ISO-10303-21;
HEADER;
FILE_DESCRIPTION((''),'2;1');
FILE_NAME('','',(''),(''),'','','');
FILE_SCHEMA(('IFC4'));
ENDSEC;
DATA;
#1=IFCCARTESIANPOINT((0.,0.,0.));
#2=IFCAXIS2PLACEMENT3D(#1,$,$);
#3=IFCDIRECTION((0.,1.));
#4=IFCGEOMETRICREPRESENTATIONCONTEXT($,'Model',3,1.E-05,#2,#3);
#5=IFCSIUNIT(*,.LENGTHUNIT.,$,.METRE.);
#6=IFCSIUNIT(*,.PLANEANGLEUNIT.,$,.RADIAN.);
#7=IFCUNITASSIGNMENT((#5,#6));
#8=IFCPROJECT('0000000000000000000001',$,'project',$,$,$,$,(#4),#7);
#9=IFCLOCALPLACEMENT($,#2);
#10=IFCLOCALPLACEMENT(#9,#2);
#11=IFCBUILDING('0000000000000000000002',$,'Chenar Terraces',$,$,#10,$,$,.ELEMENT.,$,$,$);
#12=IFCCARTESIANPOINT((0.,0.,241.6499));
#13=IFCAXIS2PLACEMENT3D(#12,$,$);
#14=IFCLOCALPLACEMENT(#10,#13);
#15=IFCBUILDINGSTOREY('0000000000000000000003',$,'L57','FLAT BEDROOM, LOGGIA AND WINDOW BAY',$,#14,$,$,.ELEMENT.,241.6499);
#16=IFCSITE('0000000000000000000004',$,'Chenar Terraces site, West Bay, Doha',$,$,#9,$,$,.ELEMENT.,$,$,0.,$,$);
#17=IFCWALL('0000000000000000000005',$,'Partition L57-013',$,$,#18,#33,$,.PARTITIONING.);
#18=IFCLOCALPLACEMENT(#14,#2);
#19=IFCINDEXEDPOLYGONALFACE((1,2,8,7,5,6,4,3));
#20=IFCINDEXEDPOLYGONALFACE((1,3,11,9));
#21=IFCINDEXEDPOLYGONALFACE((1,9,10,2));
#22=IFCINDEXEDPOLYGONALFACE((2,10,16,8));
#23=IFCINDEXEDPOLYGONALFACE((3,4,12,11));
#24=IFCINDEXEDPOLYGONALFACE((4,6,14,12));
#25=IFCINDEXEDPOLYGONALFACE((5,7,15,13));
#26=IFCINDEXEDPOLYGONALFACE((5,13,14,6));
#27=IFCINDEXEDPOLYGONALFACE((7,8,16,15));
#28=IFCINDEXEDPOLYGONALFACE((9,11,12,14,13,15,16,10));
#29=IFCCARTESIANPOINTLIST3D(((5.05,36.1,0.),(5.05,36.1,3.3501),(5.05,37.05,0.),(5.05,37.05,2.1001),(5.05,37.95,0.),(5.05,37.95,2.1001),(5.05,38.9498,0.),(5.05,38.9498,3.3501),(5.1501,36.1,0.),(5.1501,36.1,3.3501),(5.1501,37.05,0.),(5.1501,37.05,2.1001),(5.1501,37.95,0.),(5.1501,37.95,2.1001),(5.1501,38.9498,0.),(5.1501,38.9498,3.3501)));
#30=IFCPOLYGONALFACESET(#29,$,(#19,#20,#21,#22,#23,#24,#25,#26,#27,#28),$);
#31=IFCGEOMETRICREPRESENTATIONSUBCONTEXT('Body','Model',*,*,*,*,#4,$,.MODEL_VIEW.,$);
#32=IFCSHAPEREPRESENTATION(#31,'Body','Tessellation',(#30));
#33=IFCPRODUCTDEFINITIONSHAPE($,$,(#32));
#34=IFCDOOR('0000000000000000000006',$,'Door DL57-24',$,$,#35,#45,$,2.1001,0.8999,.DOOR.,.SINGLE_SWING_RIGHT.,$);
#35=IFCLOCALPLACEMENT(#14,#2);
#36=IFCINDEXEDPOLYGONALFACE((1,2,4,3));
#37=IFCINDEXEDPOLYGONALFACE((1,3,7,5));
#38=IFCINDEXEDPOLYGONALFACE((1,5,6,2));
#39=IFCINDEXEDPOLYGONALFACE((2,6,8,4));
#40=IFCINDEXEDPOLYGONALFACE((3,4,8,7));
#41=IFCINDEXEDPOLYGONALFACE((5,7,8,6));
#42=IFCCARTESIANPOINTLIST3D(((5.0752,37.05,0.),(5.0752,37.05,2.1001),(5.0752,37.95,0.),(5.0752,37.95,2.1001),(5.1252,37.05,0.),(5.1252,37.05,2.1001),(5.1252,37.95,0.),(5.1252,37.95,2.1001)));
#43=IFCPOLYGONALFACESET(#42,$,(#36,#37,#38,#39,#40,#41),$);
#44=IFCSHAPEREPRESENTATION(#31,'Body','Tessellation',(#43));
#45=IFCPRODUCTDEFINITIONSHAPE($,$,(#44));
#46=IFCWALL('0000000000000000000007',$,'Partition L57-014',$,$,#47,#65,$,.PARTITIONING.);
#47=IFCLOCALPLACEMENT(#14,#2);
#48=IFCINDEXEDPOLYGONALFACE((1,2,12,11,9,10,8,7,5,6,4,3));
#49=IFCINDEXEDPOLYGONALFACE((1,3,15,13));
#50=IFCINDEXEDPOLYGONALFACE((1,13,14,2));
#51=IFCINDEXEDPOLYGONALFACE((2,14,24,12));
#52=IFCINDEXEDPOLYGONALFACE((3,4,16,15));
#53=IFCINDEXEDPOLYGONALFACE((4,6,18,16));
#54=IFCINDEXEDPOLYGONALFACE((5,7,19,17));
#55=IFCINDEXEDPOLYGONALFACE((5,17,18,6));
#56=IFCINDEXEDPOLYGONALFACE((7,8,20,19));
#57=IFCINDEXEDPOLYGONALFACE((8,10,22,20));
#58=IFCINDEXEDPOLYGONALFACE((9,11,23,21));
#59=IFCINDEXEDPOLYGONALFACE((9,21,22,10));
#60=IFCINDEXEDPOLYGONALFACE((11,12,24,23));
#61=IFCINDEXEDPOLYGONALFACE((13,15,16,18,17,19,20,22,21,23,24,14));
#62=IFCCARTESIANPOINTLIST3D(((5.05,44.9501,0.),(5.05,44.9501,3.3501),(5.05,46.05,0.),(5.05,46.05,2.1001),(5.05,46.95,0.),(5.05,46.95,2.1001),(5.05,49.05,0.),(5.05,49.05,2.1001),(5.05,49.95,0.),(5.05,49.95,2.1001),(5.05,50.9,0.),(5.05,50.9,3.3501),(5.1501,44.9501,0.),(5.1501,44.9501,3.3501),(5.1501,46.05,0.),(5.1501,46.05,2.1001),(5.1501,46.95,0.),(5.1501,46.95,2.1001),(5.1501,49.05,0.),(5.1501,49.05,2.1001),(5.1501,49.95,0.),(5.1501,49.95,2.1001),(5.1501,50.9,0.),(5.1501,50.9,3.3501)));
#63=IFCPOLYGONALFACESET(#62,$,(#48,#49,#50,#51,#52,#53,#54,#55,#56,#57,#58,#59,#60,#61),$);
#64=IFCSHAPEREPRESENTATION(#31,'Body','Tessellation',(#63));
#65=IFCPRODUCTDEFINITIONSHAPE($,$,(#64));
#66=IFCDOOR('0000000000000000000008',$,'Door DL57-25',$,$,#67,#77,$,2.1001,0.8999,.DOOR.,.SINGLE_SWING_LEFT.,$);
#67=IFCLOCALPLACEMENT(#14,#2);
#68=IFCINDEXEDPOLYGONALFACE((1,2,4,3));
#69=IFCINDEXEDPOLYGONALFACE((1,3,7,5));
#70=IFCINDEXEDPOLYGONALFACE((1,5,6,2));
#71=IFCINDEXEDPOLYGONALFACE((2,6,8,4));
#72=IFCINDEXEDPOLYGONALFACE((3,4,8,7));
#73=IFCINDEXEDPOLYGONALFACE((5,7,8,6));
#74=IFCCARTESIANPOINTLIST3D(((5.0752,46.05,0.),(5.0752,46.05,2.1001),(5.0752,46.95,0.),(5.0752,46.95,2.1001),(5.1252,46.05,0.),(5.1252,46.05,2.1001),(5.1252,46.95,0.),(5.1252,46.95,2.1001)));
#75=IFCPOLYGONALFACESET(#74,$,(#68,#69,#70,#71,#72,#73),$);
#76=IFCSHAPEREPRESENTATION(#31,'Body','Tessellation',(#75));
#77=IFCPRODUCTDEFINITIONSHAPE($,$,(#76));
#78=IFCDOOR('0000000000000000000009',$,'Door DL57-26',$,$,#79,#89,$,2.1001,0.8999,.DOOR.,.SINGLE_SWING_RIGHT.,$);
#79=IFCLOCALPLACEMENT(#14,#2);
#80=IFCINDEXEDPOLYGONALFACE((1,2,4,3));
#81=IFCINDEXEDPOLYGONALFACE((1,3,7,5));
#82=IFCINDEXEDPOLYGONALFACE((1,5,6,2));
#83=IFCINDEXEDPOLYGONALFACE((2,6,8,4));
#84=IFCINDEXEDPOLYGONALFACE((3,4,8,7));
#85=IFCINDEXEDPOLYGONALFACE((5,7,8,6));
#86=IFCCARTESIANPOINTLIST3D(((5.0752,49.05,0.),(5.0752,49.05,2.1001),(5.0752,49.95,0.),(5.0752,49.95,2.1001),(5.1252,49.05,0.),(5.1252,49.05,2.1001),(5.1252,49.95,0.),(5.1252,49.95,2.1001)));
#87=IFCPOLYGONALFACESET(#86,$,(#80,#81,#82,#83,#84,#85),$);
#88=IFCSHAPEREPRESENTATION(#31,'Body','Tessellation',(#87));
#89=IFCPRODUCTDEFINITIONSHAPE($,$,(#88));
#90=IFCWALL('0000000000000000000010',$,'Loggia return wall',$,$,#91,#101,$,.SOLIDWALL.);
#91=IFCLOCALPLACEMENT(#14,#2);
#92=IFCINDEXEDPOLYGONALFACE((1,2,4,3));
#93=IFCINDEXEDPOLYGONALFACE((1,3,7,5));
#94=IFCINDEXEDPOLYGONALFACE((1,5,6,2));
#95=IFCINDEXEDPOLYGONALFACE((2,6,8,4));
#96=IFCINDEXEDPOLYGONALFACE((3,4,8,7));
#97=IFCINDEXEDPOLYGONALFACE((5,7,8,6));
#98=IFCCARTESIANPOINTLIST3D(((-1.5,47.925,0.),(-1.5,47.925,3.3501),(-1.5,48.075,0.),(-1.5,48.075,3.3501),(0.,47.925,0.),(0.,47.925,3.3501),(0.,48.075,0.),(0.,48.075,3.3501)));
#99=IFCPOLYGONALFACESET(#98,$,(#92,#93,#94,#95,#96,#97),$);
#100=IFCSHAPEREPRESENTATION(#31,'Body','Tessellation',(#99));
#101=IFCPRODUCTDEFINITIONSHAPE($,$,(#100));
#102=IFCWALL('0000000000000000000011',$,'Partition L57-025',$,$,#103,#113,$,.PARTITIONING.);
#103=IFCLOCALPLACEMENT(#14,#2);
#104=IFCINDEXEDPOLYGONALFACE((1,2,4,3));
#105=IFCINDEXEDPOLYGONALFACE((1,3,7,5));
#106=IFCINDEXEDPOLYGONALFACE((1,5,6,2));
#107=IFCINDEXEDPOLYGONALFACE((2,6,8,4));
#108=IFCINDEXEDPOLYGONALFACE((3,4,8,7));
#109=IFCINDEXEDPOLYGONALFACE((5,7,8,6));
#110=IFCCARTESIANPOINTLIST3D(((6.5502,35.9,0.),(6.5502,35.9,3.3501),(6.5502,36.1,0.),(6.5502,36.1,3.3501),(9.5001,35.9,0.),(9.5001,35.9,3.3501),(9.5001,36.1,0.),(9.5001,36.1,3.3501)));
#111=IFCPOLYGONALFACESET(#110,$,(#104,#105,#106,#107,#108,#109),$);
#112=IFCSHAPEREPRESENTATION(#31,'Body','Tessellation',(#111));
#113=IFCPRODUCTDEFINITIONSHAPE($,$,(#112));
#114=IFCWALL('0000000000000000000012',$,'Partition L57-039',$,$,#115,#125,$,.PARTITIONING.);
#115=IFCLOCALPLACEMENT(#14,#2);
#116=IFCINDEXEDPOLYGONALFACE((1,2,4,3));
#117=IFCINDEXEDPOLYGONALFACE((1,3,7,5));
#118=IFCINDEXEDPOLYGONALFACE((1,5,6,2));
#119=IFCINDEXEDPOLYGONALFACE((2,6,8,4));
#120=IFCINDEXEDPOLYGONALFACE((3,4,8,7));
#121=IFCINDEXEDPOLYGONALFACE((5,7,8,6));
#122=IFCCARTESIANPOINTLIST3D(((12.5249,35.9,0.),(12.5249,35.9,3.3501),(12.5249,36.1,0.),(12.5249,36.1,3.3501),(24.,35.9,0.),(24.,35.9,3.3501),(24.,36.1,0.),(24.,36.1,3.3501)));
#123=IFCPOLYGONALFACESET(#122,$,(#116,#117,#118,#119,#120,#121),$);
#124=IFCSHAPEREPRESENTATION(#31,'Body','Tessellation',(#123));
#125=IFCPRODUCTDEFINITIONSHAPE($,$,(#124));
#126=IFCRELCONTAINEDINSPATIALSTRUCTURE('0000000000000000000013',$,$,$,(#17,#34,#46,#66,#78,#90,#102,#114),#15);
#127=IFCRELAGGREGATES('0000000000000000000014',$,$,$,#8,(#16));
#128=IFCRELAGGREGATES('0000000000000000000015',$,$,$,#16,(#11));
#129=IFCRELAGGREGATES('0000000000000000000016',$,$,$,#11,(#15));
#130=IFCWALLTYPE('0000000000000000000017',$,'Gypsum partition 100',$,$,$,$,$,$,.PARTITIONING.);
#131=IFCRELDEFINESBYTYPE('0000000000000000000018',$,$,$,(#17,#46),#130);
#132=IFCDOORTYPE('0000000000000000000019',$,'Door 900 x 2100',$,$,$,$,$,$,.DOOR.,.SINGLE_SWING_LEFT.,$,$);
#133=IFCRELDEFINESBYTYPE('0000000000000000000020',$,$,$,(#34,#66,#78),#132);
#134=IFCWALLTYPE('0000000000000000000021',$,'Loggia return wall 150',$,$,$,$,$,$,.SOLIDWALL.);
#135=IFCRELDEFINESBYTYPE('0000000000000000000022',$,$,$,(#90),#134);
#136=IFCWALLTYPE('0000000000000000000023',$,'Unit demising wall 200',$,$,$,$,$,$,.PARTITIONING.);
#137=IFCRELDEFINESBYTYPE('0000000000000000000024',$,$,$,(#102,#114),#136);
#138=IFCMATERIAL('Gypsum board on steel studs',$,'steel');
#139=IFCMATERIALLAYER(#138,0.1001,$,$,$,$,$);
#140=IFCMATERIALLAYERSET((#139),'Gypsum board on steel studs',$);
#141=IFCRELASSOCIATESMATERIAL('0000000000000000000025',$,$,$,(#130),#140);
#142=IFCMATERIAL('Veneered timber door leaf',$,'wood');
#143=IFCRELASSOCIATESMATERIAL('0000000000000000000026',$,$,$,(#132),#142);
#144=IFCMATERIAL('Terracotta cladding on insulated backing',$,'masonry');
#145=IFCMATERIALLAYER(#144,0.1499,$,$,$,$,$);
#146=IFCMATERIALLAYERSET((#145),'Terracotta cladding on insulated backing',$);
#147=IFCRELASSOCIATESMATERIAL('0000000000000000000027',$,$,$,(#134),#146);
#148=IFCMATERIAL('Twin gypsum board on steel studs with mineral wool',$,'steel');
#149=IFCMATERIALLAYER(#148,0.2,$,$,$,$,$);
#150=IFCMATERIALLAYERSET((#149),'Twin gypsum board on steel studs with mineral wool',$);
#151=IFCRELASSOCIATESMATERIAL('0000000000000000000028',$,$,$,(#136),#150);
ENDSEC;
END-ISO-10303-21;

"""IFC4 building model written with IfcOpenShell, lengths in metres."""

from ifc_helpers import new_model, si_unit, direction, frame, frame_2d, origin, place, context, subcontext, project, spatial, rectangle, extrude, material, layer, layer_set, type_object, element, fill, save


model = new_model("IFC4")

# Units and contexts
model_context = context("Model", 3, precision=1e-05, world=origin(), true_north=direction((0.0, 1.0)))
body_context = subcontext(model_context, "Body", "Model", "MODEL_VIEW")
ifc_project = project(units=[si_unit("LENGTHUNIT", "METRE"), si_unit("PLANEANGLEUNIT", "RADIAN")], contexts=[model_context])

# Site, building, storey
site_placement = place(None, origin())
site = spatial("IfcSite", under=ifc_project, at=site_placement, Name="Chenar Terraces site, West Bay, Doha", CompositionType="ELEMENT", RefElevation=0.0)
building_placement = place(site_placement, origin())
building = spatial("IfcBuilding", under=site, at=building_placement, Name="Chenar Terraces", CompositionType="ELEMENT")
storey_placement = place(building_placement, frame((0.0, 0.0, 241.6499)))
storey = spatial("IfcBuildingStorey", under=building, at=storey_placement, Name="L57", Description="FLAT BEDROOM, LOGGIA AND WINDOW BAY", CompositionType="ELEMENT", Elevation=241.6499)

# Shared definitions
ifc_material_1 = material(Name="Gypsum board on steel studs", Category="steel")
ifc_layer_1 = layer(ifc_material_1, 0.1001)
ifc_layer_set_1 = layer_set([ifc_layer_1], Name="Gypsum board on steel studs")
wall_type_1 = type_object("IfcWallType", Name="Gypsum partition 100", PredefinedType="PARTITIONING", material=ifc_layer_set_1)

# Wall, opening, door
wall_1_placement = place(storey_placement, frame((5.1001, 36.1001, 0.0), z_axis=(0.0, 0.0, 1.0), x_axis=(0.0, 1.0, 0.0)))
wall_1 = element("IfcWall", 1, at=wall_1_placement, inside=storey, type_object=wall_type_1, Name="Partition L57-013", PredefinedType="PARTITIONING", context=body_context, shape_type="SweptSolid", body=[
    extrude(rectangle(XDim=2.8499, YDim=0.1001, at=frame_2d((1.4248, 0.0))), origin(), (0.0, 0.0, 1.0), 3.3501),
])
opening_1_placement = place(wall_1_placement, frame((0.95, 0.0, 0.0)))
opening_1 = element("IfcOpeningElement", 2, at=opening_1_placement, cuts=wall_1, PredefinedType="OPENING", context=body_context, shape_type="SweptSolid", body=[
    extrude(rectangle(XDim=0.8999, YDim=2.1001, at=frame_2d((0.45, 1.05))), frame((0.0, 0.0601, 0.0), z_axis=(0.0, -1.0, 0.0), x_axis=(1.0, 0.0, 0.0)), (0.0, 0.0, 1.0), 0.1201),
])
ifc_material_2 = material(Name="Veneered timber door leaf", Category="wood")
door_type_1 = type_object("IfcDoorType", Name="Door 900 x 2100", OperationType="SINGLE_SWING_LEFT", PredefinedType="DOOR", material=ifc_material_2)
door_1_placement = place(opening_1_placement, origin())
door_1 = element("IfcDoor", 3, at=door_1_placement, inside=storey, type_object=door_type_1, Name="Door DL57-24", OperationType="SINGLE_SWING_RIGHT", OverallHeight=2.1001, OverallWidth=0.8999, PredefinedType="DOOR", context=body_context, shape_type="SweptSolid", body=[
    extrude(rectangle(XDim=0.8999, YDim=2.1001, at=frame_2d((0.45, 1.05))), frame((0.0, 0.0249, 0.0), z_axis=(0.0, -1.0, 0.0), x_axis=(1.0, 0.0, 0.0)), (0.0, 0.0, 1.0), 0.05),
])
fill(opening_1, door_1)

# Wall, openings, doors
wall_2_placement = place(storey_placement, frame((5.1001, 44.95, 0.0), z_axis=(0.0, 0.0, 1.0), x_axis=(0.0, 1.0, 0.0)))
wall_2 = element("IfcWall", 4, at=wall_2_placement, inside=storey, type_object=wall_type_1, Name="Partition L57-014", PredefinedType="PARTITIONING", context=body_context, shape_type="SweptSolid", body=[
    extrude(rectangle(XDim=5.95, YDim=0.1001, at=frame_2d((2.9751, 0.0))), origin(), (0.0, 0.0, 1.0), 3.3501),
])
opening_2_placement = place(wall_2_placement, frame((1.1001, 0.0, 0.0)))
opening_2 = element("IfcOpeningElement", 5, at=opening_2_placement, cuts=wall_2, PredefinedType="OPENING", context=body_context, shape_type="SweptSolid", body=[
    extrude(rectangle(XDim=0.8999, YDim=2.1001, at=frame_2d((0.45, 1.05))), frame((0.0, 0.0601, 0.0), z_axis=(0.0, -1.0, 0.0), x_axis=(1.0, 0.0, 0.0)), (0.0, 0.0, 1.0), 0.1201),
])
opening_3_placement = place(wall_2_placement, frame((4.1001, 0.0, 0.0)))
opening_3 = element("IfcOpeningElement", 6, at=opening_3_placement, cuts=wall_2, PredefinedType="OPENING", context=body_context, shape_type="SweptSolid", body=[
    extrude(rectangle(XDim=0.8999, YDim=2.1001, at=frame_2d((0.45, 1.05))), frame((0.0, 0.0601, 0.0), z_axis=(0.0, -1.0, 0.0), x_axis=(1.0, 0.0, 0.0)), (0.0, 0.0, 1.0), 0.1201),
])
door_2_placement = place(opening_2_placement, origin())
door_2 = element("IfcDoor", 7, at=door_2_placement, inside=storey, type_object=door_type_1, Name="Door DL57-25", OperationType="SINGLE_SWING_LEFT", OverallHeight=2.1001, OverallWidth=0.8999, PredefinedType="DOOR", context=body_context, shape_type="SweptSolid", body=[
    extrude(rectangle(XDim=0.8999, YDim=2.1001, at=frame_2d((0.45, 1.05))), frame((0.0, 0.0249, 0.0), z_axis=(0.0, -1.0, 0.0), x_axis=(1.0, 0.0, 0.0)), (0.0, 0.0, 1.0), 0.05),
])
fill(opening_2, door_2)
door_3_placement = place(opening_3_placement, origin())
door_3 = element("IfcDoor", 8, at=door_3_placement, inside=storey, type_object=door_type_1, Name="Door DL57-26", OperationType="SINGLE_SWING_RIGHT", OverallHeight=2.1001, OverallWidth=0.8999, PredefinedType="DOOR", context=body_context, shape_type="SweptSolid", body=[
    extrude(rectangle(XDim=0.8999, YDim=2.1001, at=frame_2d((0.45, 1.05))), frame((0.0, 0.0249, 0.0), z_axis=(0.0, -1.0, 0.0), x_axis=(1.0, 0.0, 0.0)), (0.0, 0.0, 1.0), 0.05),
])
fill(opening_3, door_3)

# Walls
ifc_material_3 = material(Name="Terracotta cladding on insulated backing", Category="masonry")
ifc_layer_2 = layer(ifc_material_3, 0.1499)
ifc_layer_set_2 = layer_set([ifc_layer_2], Name="Terracotta cladding on insulated backing")
wall_type_2 = type_object("IfcWallType", Name="Loggia return wall 150", PredefinedType="SOLIDWALL", material=ifc_layer_set_2)
wall_3_placement = place(storey_placement, frame((-1.5, 48.0, 0.0), z_axis=(0.0, 0.0, 1.0), x_axis=(1.0, 0.0, 0.0)))
element("IfcWall", 9, at=wall_3_placement, inside=storey, type_object=wall_type_2, Name="Loggia return wall", PredefinedType="SOLIDWALL", context=body_context, shape_type="SweptSolid", body=[
    extrude(rectangle(XDim=1.5, YDim=0.1499, at=frame_2d((0.75, 0.0))), origin(), (0.0, 0.0, 1.0), 3.3501),
])
ifc_material_4 = material(Name="Twin gypsum board on steel studs with mineral wool", Category="steel")
ifc_layer_3 = layer(ifc_material_4, 0.2)
ifc_layer_set_3 = layer_set([ifc_layer_3], Name="Twin gypsum board on steel studs with mineral wool")
wall_type_3 = type_object("IfcWallType", Name="Unit demising wall 200", PredefinedType="PARTITIONING", material=ifc_layer_set_3)
wall_4_placement = place(storey_placement, frame((6.55, 36.0, 0.0), z_axis=(0.0, 0.0, 1.0), x_axis=(1.0, 0.0, 0.0)))
element("IfcWall", 10, at=wall_4_placement, inside=storey, type_object=wall_type_3, Name="Partition L57-025", PredefinedType="PARTITIONING", context=body_context, shape_type="SweptSolid", body=[
    extrude(rectangle(XDim=2.95, YDim=0.2, at=frame_2d((1.4751, 0.0))), origin(), (0.0, 0.0, 1.0), 3.3501),
])
wall_5_placement = place(storey_placement, frame((12.5249, 36.0, 0.0), z_axis=(0.0, 0.0, 1.0), x_axis=(1.0, 0.0, 0.0)))
element("IfcWall", 11, at=wall_5_placement, inside=storey, type_object=wall_type_3, Name="Partition L57-039", PredefinedType="PARTITIONING", context=body_context, shape_type="SweptSolid", body=[
    extrude(rectangle(XDim=11.4751, YDim=0.2, at=frame_2d((5.7375, 0.0))), origin(), (0.0, 0.0, 1.0), 3.3501),
])

save(model, "model.ifc")
